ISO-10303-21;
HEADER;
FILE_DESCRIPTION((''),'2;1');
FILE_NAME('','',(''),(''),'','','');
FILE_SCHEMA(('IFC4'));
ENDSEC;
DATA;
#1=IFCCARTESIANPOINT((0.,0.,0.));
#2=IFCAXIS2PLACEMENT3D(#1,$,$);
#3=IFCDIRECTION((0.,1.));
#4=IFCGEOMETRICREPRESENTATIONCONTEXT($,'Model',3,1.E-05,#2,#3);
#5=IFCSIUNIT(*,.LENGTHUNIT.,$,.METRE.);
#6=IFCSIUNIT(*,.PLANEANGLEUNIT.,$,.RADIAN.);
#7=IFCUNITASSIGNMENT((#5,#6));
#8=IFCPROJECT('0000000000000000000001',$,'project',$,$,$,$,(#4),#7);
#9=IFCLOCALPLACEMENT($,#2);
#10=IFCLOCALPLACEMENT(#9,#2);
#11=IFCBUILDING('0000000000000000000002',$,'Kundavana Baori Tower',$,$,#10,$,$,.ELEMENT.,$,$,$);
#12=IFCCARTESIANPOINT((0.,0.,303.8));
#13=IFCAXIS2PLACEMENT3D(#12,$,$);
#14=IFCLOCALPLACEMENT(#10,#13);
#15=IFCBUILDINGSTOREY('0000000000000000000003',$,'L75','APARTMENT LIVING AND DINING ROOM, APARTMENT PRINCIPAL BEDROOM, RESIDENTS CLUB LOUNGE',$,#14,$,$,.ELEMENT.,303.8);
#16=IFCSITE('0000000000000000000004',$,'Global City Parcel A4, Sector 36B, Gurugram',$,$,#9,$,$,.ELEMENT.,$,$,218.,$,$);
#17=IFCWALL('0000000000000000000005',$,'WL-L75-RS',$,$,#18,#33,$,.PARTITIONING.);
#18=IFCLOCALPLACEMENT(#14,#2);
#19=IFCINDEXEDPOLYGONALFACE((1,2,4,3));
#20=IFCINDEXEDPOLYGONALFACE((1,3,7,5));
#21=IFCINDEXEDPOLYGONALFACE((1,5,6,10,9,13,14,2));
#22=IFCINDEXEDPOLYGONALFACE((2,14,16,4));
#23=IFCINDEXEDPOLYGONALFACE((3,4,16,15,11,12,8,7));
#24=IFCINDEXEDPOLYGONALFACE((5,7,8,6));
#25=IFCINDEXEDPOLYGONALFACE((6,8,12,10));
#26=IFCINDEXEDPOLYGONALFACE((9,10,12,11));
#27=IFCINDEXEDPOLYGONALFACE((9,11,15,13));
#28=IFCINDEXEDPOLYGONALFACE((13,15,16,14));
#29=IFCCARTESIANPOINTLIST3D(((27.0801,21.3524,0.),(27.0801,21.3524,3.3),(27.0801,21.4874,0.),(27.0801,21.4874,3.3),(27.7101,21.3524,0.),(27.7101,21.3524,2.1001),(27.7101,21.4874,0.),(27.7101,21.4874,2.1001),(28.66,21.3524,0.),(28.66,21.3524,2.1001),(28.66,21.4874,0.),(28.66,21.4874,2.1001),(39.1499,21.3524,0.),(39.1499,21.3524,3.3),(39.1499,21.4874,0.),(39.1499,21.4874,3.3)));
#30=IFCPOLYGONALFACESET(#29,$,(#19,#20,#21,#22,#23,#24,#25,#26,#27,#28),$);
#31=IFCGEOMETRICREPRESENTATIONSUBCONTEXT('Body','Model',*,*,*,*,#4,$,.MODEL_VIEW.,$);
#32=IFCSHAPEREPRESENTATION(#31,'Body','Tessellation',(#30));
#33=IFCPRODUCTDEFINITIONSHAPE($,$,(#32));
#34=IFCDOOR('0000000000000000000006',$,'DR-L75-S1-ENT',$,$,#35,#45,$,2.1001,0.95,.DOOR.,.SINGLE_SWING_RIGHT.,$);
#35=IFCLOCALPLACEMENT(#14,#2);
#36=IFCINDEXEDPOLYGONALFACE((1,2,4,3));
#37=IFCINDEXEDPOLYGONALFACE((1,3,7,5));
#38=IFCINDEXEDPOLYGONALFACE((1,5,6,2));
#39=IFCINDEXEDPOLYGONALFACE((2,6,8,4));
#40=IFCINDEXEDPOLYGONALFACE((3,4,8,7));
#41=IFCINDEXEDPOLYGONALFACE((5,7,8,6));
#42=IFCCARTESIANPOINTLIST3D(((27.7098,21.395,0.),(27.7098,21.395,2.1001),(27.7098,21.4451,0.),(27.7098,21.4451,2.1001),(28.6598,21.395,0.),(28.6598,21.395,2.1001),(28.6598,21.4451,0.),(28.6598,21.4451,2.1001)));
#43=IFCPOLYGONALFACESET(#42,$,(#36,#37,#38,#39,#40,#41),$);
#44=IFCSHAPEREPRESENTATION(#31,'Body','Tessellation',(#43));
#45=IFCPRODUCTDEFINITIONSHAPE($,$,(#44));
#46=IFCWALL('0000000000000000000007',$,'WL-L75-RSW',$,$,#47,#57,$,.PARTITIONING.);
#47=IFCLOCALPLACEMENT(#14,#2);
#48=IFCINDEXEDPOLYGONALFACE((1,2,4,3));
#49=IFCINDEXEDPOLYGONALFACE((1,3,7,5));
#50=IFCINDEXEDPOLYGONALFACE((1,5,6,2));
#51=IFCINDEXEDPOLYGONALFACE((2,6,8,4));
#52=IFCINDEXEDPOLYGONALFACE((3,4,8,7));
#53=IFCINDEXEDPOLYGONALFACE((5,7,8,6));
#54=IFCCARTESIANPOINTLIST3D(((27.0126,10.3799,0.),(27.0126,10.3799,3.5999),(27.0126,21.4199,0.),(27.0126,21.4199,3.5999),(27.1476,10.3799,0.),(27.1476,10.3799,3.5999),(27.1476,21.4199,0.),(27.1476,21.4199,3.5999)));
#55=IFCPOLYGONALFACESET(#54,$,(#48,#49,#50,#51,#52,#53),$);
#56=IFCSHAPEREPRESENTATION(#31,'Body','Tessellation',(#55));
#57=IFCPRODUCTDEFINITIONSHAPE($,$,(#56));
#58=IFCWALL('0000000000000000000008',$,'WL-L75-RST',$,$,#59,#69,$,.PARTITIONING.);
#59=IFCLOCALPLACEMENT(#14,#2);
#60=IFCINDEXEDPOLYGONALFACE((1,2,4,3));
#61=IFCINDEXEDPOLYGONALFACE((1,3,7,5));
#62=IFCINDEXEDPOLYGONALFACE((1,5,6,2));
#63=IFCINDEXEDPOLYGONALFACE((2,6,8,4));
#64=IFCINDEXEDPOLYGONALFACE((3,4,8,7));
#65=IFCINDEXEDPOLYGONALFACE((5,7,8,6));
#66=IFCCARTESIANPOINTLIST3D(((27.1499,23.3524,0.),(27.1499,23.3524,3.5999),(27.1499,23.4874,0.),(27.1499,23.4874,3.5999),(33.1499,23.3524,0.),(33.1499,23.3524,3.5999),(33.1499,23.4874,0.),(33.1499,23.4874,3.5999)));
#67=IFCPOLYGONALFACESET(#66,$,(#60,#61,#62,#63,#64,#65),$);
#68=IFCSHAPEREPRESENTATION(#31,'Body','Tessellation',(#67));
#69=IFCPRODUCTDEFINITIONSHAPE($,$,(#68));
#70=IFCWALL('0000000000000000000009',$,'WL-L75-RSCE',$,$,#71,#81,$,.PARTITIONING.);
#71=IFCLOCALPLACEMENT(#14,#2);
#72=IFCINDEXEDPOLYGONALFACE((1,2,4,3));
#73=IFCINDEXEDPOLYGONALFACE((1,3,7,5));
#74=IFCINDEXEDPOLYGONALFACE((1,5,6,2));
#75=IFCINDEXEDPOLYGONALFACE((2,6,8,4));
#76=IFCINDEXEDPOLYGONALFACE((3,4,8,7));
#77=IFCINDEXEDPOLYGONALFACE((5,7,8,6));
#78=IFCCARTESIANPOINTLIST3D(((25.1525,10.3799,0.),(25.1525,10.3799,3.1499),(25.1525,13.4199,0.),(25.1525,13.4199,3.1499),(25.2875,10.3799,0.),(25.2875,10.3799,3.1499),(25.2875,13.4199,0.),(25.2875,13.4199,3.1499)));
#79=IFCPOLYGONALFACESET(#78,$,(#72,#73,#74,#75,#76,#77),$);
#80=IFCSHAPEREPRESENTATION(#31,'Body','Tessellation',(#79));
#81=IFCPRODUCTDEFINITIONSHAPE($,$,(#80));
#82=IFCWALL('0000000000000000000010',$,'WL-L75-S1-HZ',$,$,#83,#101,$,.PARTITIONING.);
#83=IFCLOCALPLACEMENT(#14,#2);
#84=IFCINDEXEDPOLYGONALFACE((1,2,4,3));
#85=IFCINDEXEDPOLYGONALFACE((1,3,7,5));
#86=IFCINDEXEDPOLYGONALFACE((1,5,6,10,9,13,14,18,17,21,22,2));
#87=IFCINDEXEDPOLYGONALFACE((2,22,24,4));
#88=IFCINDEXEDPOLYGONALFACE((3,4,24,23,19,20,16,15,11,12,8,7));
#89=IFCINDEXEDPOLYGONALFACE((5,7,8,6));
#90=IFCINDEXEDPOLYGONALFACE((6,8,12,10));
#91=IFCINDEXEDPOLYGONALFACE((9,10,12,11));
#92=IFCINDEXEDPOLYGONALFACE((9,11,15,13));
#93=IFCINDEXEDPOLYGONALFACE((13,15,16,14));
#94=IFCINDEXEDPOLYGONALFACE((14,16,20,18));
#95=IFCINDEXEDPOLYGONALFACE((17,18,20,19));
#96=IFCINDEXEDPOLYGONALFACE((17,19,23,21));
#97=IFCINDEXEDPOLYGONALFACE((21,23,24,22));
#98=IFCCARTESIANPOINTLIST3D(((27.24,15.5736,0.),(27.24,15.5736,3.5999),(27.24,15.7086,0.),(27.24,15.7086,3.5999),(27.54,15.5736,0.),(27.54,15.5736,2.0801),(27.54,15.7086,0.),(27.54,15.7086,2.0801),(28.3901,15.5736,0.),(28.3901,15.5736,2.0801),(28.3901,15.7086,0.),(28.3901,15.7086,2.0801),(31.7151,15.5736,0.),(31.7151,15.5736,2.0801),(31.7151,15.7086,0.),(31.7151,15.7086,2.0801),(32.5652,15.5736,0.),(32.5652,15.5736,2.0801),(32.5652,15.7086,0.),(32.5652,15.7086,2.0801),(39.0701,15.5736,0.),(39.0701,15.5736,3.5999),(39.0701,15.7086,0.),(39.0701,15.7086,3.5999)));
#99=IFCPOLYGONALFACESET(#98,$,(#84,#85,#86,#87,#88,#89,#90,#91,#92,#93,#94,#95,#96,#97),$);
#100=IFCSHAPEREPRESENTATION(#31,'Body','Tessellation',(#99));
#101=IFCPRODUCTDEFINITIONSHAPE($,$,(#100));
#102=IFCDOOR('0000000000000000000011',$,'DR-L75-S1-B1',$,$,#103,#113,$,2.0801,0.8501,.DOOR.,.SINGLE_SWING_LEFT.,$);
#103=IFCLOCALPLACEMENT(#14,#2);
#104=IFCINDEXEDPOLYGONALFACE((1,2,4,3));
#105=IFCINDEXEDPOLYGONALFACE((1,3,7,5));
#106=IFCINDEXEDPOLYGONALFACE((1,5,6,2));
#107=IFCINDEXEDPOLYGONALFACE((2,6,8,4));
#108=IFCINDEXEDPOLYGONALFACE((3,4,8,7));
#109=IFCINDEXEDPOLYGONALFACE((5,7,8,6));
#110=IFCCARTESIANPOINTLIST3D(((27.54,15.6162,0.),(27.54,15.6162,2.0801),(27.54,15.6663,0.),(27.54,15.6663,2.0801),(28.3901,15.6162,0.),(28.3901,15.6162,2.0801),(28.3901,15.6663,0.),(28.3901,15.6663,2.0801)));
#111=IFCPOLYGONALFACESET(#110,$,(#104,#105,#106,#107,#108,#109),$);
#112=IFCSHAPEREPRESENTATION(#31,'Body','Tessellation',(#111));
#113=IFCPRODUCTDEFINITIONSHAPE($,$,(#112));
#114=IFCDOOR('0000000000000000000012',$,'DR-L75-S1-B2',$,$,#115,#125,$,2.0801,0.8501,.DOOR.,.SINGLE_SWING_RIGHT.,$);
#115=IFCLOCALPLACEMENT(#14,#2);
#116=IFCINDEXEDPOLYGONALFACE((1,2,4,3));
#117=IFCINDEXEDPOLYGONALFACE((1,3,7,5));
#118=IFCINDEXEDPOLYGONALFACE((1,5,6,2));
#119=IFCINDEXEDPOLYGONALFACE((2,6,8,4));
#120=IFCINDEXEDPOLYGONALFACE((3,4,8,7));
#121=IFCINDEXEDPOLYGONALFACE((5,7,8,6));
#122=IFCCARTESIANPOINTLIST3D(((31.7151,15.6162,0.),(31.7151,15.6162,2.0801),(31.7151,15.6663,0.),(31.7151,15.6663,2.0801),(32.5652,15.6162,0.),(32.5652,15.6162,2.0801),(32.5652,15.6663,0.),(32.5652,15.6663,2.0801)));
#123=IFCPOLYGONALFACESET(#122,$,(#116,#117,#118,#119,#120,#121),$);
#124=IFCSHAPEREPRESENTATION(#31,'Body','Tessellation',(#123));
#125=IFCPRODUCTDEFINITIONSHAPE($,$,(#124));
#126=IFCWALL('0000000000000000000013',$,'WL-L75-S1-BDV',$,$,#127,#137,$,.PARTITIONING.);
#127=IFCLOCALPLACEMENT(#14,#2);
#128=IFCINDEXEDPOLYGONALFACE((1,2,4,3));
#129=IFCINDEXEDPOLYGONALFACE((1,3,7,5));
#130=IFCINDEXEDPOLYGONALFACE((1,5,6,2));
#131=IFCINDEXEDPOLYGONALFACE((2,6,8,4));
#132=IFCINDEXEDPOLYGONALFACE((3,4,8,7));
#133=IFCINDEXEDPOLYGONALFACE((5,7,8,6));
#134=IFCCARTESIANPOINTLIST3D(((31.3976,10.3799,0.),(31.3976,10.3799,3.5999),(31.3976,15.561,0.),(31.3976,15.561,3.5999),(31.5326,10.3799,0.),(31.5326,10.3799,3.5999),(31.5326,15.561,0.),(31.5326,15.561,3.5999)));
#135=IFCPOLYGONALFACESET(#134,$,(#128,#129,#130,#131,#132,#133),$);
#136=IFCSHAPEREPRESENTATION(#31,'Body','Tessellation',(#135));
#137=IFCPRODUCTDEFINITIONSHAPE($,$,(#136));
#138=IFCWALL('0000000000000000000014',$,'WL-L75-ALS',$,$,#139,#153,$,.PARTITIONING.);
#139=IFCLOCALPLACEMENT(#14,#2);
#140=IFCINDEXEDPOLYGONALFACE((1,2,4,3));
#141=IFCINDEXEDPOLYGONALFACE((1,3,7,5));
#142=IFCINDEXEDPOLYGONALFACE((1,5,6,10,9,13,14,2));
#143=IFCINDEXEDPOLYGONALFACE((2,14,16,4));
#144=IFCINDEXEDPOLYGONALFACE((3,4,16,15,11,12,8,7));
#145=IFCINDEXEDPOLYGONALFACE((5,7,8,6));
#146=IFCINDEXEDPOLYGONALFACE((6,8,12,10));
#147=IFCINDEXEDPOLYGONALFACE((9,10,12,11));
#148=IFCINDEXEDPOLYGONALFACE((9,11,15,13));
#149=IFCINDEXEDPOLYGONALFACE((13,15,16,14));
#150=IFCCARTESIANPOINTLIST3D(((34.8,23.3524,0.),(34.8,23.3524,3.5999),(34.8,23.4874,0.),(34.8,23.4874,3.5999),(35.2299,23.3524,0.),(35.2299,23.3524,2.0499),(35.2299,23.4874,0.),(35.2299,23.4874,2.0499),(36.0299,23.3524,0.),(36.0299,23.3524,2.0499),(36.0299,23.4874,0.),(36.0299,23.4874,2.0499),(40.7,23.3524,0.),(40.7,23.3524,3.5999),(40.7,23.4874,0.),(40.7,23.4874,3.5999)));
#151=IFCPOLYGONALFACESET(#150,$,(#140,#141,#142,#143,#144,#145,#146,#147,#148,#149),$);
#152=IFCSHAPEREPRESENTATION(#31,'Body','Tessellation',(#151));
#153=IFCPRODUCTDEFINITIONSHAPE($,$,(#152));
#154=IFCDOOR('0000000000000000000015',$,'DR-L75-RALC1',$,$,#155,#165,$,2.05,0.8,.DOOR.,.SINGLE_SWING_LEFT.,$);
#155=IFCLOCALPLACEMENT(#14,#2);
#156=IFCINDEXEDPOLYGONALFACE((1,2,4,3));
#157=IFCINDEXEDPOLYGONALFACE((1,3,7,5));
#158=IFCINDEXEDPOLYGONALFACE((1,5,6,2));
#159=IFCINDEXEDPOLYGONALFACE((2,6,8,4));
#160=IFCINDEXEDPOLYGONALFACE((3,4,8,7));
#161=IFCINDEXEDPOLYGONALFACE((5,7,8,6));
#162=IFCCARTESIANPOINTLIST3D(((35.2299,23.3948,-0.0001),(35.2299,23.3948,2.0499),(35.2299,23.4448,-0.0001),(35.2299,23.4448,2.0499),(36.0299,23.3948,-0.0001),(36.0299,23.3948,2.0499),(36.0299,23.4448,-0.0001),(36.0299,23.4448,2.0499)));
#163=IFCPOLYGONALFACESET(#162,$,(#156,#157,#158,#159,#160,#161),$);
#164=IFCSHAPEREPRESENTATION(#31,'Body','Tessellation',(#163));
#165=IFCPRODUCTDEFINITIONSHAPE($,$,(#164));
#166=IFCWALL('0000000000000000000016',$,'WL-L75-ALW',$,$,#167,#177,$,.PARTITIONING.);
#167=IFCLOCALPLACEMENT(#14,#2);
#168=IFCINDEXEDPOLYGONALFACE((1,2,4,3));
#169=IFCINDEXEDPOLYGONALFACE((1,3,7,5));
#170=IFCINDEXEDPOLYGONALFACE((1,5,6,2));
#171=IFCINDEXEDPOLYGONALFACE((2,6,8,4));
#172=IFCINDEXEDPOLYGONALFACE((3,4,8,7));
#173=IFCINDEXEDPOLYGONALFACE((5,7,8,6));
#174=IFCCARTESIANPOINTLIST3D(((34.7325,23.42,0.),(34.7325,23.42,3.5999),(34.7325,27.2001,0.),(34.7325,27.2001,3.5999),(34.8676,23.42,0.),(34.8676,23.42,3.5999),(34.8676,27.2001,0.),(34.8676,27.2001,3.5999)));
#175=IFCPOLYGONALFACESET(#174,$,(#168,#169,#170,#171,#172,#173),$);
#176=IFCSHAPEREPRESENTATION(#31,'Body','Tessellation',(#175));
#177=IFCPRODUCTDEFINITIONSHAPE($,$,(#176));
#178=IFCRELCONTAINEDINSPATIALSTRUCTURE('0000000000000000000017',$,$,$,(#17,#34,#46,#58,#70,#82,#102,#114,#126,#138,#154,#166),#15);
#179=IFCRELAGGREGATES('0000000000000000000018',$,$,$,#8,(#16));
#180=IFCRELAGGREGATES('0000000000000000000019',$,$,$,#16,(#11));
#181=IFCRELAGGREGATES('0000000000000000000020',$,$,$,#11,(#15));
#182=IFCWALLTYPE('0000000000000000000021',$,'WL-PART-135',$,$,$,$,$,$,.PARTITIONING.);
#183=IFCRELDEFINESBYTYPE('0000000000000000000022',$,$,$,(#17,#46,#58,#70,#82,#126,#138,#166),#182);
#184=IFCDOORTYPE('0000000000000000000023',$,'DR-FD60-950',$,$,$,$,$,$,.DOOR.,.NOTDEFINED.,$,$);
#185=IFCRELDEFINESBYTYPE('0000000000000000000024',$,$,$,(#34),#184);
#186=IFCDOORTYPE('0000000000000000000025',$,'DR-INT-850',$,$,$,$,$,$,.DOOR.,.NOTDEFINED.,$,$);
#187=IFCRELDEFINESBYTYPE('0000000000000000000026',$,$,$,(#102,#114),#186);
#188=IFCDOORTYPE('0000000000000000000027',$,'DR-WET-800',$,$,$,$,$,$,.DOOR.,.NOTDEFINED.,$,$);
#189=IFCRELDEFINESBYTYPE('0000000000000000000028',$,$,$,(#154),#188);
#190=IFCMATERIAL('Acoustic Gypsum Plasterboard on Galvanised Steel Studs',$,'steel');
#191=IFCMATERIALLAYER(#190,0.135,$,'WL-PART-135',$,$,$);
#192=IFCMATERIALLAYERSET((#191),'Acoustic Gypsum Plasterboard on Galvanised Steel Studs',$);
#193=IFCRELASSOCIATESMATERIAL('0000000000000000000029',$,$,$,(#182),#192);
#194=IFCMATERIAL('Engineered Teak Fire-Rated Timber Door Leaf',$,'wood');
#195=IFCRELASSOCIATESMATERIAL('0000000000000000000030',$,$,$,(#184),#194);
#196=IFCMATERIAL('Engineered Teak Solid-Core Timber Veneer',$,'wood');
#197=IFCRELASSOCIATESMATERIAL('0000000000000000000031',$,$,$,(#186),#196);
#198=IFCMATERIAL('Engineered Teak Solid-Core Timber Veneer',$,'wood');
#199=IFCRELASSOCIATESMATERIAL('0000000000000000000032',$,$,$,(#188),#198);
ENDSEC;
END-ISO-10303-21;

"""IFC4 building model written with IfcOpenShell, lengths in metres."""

from ifc_helpers import new_model, si_unit, direction, frame, frame_2d, origin, place, context, subcontext, project, spatial, rectangle, extrude, material, layer, layer_set, type_object, element, fill, save


model = new_model("IFC4")

# Units and contexts
model_context = context("Model", 3, precision=1e-05, world=origin(), true_north=direction((0.0, 1.0)))
body_context = subcontext(model_context, "Body", "Model", "MODEL_VIEW")
ifc_project = project(units=[si_unit("LENGTHUNIT", "METRE"), si_unit("PLANEANGLEUNIT", "RADIAN")], contexts=[model_context])

# Site, building, storey
site_placement = place(None, origin())
site = spatial("IfcSite", under=ifc_project, at=site_placement, Name="Global City Parcel A4, Sector 36B, Gurugram", CompositionType="ELEMENT", RefElevation=218.0)
building_placement = place(site_placement, origin())
building = spatial("IfcBuilding", under=site, at=building_placement, Name="Kundavana Baori Tower", CompositionType="ELEMENT")
storey_placement = place(building_placement, frame((0.0, 0.0, 303.8)))
storey = spatial("IfcBuildingStorey", under=building, at=storey_placement, Name="L75", Description="APARTMENT LIVING AND DINING ROOM, APARTMENT PRINCIPAL BEDROOM, RESIDENTS CLUB LOUNGE", CompositionType="ELEMENT", Elevation=303.8)

# Wall, opening, door
ifc_material_1 = material(Name="Acoustic Gypsum Plasterboard on Galvanised Steel Studs", Category="steel")
ifc_layer = layer(ifc_material_1, 0.135, Name="WL-PART-135")
ifc_layer_set = layer_set([ifc_layer], Name="Acoustic Gypsum Plasterboard on Galvanised Steel Studs")
wall_type = type_object("IfcWallType", Name="WL-PART-135", PredefinedType="PARTITIONING", material=ifc_layer_set)
wall_1_placement = place(storey_placement, frame((27.0801, 21.4199, 0.0), z_axis=(0.0, 0.0, 1.0), x_axis=(1.0, 0.0, 0.0)))
wall_1 = element("IfcWall", 1, at=wall_1_placement, inside=storey, type_object=wall_type, Name="WL-L75-RS", PredefinedType="PARTITIONING", context=body_context, shape_type="SweptSolid", body=[
    extrude(rectangle(XDim=12.0698, YDim=0.135, at=frame_2d((6.0349, 0.0))), origin(), (0.0, 0.0, 1.0), 3.3),
])
opening_1_placement = place(wall_1_placement, frame((0.6299, 0.0, 0.0)))
opening_1 = element("IfcOpeningElement", 2, at=opening_1_placement, cuts=wall_1, PredefinedType="OPENING", context=body_context, shape_type="SweptSolid", body=[
    extrude(rectangle(XDim=0.95, YDim=2.1001, at=frame_2d((0.4751, 1.05))), frame((0.0, 0.0776, 0.0), z_axis=(0.0, -1.0, 0.0), x_axis=(1.0, 0.0, 0.0)), (0.0, 0.0, 1.0), 0.155),
])
ifc_material_2 = material(Name="Engineered Teak Fire-Rated Timber Door Leaf", Category="wood")
door_type_1 = type_object("IfcDoorType", Name="DR-FD60-950", OperationType="NOTDEFINED", PredefinedType="DOOR", material=ifc_material_2)
door_1_placement = place(opening_1_placement, frame((0.95, 0.0, 0.0), z_axis=(0.0, 0.0, 1.0), x_axis=(-1.0, 0.0, 0.0)))
door_1 = element("IfcDoor", 3, at=door_1_placement, inside=storey, type_object=door_type_1, Name="DR-L75-S1-ENT", OperationType="SINGLE_SWING_RIGHT", OverallHeight=2.1001, OverallWidth=0.95, PredefinedType="DOOR", context=body_context, shape_type="SweptSolid", body=[
    extrude(rectangle(XDim=0.95, YDim=2.1001, at=frame_2d((0.4751, 1.05))), frame((0.0, 0.0249, 0.0), z_axis=(0.0, -1.0, 0.0), x_axis=(1.0, 0.0, 0.0)), (0.0, 0.0, 1.0), 0.05),
])
fill(opening_1, door_1)

# Walls
wall_2_placement = place(storey_placement, frame((27.0801, 10.3799, 0.0), z_axis=(0.0, 0.0, 1.0), x_axis=(0.0, 1.0, 0.0)))
element("IfcWall", 4, at=wall_2_placement, inside=storey, type_object=wall_type, Name="WL-L75-RSW", PredefinedType="PARTITIONING", context=body_context, shape_type="SweptSolid", body=[
    extrude(rectangle(XDim=11.04, YDim=0.135, at=frame_2d((5.52, 0.0))), origin(), (0.0, 0.0, 1.0), 3.5999),
])
wall_3_placement = place(storey_placement, frame((27.1499, 23.4199, 0.0), z_axis=(0.0, 0.0, 1.0), x_axis=(1.0, 0.0, 0.0)))
element("IfcWall", 5, at=wall_3_placement, inside=storey, type_object=wall_type, Name="WL-L75-RST", PredefinedType="PARTITIONING", context=body_context, shape_type="SweptSolid", body=[
    extrude(rectangle(XDim=6.0, YDim=0.135, at=frame_2d((3.0, 0.0))), origin(), (0.0, 0.0, 1.0), 3.5999),
])
wall_4_placement = place(storey_placement, frame((25.22, 10.3799, 0.0), z_axis=(0.0, 0.0, 1.0), x_axis=(0.0, 1.0, 0.0)))
element("IfcWall", 6, at=wall_4_placement, inside=storey, type_object=wall_type, Name="WL-L75-RSCE", PredefinedType="PARTITIONING", context=body_context, shape_type="SweptSolid", body=[
    extrude(rectangle(XDim=3.04, YDim=0.135, at=frame_2d((1.52, 0.0))), origin(), (0.0, 0.0, 1.0), 3.1499),
])

# Wall, openings, doors
wall_5_placement = place(storey_placement, frame((27.24, 15.6411, 0.0), z_axis=(0.0, 0.0, 1.0), x_axis=(1.0, 0.0, 0.0)))
wall_5 = element("IfcWall", 7, at=wall_5_placement, inside=storey, type_object=wall_type, Name="WL-L75-S1-HZ", PredefinedType="PARTITIONING", context=body_context, shape_type="SweptSolid", body=[
    extrude(rectangle(XDim=11.8301, YDim=0.135, at=frame_2d((5.915, 0.0))), origin(), (0.0, 0.0, 1.0), 3.5999),
])
opening_2_placement = place(wall_5_placement, frame((0.3, 0.0, 0.0)))
opening_2 = element("IfcOpeningElement", 8, at=opening_2_placement, cuts=wall_5, PredefinedType="OPENING", context=body_context, shape_type="SweptSolid", body=[
    extrude(rectangle(XDim=0.8501, YDim=2.0801, at=frame_2d((0.425, 1.04))), frame((0.0, 0.0776, 0.0), z_axis=(0.0, -1.0, 0.0), x_axis=(1.0, 0.0, 0.0)), (0.0, 0.0, 1.0), 0.155),
])
opening_3_placement = place(wall_5_placement, frame((4.4751, 0.0, 0.0)))
opening_3 = element("IfcOpeningElement", 9, at=opening_3_placement, cuts=wall_5, PredefinedType="OPENING", context=body_context, shape_type="SweptSolid", body=[
    extrude(rectangle(XDim=0.8501, YDim=2.0801, at=frame_2d((0.425, 1.04))), frame((0.0, 0.0776, 0.0), z_axis=(0.0, -1.0, 0.0), x_axis=(1.0, 0.0, 0.0)), (0.0, 0.0, 1.0), 0.155),
])
ifc_material_3 = material(Name="Engineered Teak Solid-Core Timber Veneer", Category="wood")
door_type_2 = type_object("IfcDoorType", Name="DR-INT-850", OperationType="NOTDEFINED", PredefinedType="DOOR", material=ifc_material_3)
door_2_placement = place(opening_2_placement, frame((0.8501, 0.0, 0.0), z_axis=(0.0, 0.0, 1.0), x_axis=(-1.0, 0.0, 0.0)))
door_2 = element("IfcDoor", 10, at=door_2_placement, inside=storey, type_object=door_type_2, Name="DR-L75-S1-B1", OperationType="SINGLE_SWING_LEFT", OverallHeight=2.0801, OverallWidth=0.8501, PredefinedType="DOOR", context=body_context, shape_type="SweptSolid", body=[
    extrude(rectangle(XDim=0.8501, YDim=2.0801, at=frame_2d((0.425, 1.04))), frame((0.0, 0.0249, 0.0), z_axis=(0.0, -1.0, 0.0), x_axis=(1.0, 0.0, 0.0)), (0.0, 0.0, 1.0), 0.05),
])
fill(opening_2, door_2)
door_3_placement = place(opening_3_placement, frame((0.8501, 0.0, 0.0), z_axis=(0.0, 0.0, 1.0), x_axis=(-1.0, 0.0, 0.0)))
door_3 = element("IfcDoor", 11, at=door_3_placement, inside=storey, type_object=door_type_2, Name="DR-L75-S1-B2", OperationType="SINGLE_SWING_RIGHT", OverallHeight=2.0801, OverallWidth=0.8501, PredefinedType="DOOR", context=body_context, shape_type="SweptSolid", body=[
    extrude(rectangle(XDim=0.8501, YDim=2.0801, at=frame_2d((0.425, 1.04))), frame((0.0, 0.0249, 0.0), z_axis=(0.0, -1.0, 0.0), x_axis=(1.0, 0.0, 0.0)), (0.0, 0.0, 1.0), 0.05),
])
fill(opening_3, door_3)

# Wall
wall_6_placement = place(storey_placement, frame((31.4651, 10.3799, 0.0), z_axis=(0.0, 0.0, 1.0), x_axis=(0.0, 1.0, 0.0)))
element("IfcWall", 12, at=wall_6_placement, inside=storey, type_object=wall_type, Name="WL-L75-S1-BDV", PredefinedType="PARTITIONING", context=body_context, shape_type="SweptSolid", body=[
    extrude(rectangle(XDim=5.1812, YDim=0.135, at=frame_2d((2.5906, 0.0))), origin(), (0.0, 0.0, 1.0), 3.5999),
])

# Wall, opening, door
wall_7_placement = place(storey_placement, frame((34.8, 23.4199, 0.0), z_axis=(0.0, 0.0, 1.0), x_axis=(1.0, 0.0, 0.0)))
wall_7 = element("IfcWall", 13, at=wall_7_placement, inside=storey, type_object=wall_type, Name="WL-L75-ALS", PredefinedType="PARTITIONING", context=body_context, shape_type="SweptSolid", body=[
    extrude(rectangle(XDim=5.8999, YDim=0.135, at=frame_2d((2.95, 0.0))), origin(), (0.0, 0.0, 1.0), 3.5999),
])
opening_4_placement = place(wall_7_placement, frame((0.4299, 0.0, 0.0)))
opening_4 = element("IfcOpeningElement", 14, at=opening_4_placement, cuts=wall_7, PredefinedType="OPENING", context=body_context, shape_type="SweptSolid", body=[
    extrude(rectangle(XDim=0.8, YDim=2.05, at=frame_2d((0.3999, 1.0249))), frame((0.0, 0.0776, 0.0), z_axis=(0.0, -1.0, 0.0), x_axis=(1.0, 0.0, 0.0)), (0.0, 0.0, 1.0), 0.155),
])
ifc_material_4 = material(Name="Engineered Teak Solid-Core Timber Veneer", Category="wood")
door_type_3 = type_object("IfcDoorType", Name="DR-WET-800", OperationType="NOTDEFINED", PredefinedType="DOOR", material=ifc_material_4)
door_4_placement = place(opening_4_placement, origin())
door_4 = element("IfcDoor", 15, at=door_4_placement, inside=storey, type_object=door_type_3, Name="DR-L75-RALC1", OperationType="SINGLE_SWING_LEFT", OverallHeight=2.05, OverallWidth=0.8, PredefinedType="DOOR", context=body_context, shape_type="SweptSolid", body=[
    extrude(rectangle(XDim=0.8, YDim=2.05, at=frame_2d((0.3999, 1.0249))), frame((0.0, 0.0249, 0.0), z_axis=(0.0, -1.0, 0.0), x_axis=(1.0, 0.0, 0.0)), (0.0, 0.0, 1.0), 0.05),
])
fill(opening_4, door_4)

# Wall
wall_8_placement = place(storey_placement, frame((34.8, 23.4199, 0.0), z_axis=(0.0, 0.0, 1.0), x_axis=(0.0, 1.0, 0.0)))
element("IfcWall", 16, at=wall_8_placement, inside=storey, type_object=wall_type, Name="WL-L75-ALW", PredefinedType="PARTITIONING", context=body_context, shape_type="SweptSolid", body=[
    extrude(rectangle(XDim=3.78, YDim=0.135, at=frame_2d((1.8901, 0.0))), origin(), (0.0, 0.0, 1.0), 3.5999),
])

save(model, "model.ifc")
